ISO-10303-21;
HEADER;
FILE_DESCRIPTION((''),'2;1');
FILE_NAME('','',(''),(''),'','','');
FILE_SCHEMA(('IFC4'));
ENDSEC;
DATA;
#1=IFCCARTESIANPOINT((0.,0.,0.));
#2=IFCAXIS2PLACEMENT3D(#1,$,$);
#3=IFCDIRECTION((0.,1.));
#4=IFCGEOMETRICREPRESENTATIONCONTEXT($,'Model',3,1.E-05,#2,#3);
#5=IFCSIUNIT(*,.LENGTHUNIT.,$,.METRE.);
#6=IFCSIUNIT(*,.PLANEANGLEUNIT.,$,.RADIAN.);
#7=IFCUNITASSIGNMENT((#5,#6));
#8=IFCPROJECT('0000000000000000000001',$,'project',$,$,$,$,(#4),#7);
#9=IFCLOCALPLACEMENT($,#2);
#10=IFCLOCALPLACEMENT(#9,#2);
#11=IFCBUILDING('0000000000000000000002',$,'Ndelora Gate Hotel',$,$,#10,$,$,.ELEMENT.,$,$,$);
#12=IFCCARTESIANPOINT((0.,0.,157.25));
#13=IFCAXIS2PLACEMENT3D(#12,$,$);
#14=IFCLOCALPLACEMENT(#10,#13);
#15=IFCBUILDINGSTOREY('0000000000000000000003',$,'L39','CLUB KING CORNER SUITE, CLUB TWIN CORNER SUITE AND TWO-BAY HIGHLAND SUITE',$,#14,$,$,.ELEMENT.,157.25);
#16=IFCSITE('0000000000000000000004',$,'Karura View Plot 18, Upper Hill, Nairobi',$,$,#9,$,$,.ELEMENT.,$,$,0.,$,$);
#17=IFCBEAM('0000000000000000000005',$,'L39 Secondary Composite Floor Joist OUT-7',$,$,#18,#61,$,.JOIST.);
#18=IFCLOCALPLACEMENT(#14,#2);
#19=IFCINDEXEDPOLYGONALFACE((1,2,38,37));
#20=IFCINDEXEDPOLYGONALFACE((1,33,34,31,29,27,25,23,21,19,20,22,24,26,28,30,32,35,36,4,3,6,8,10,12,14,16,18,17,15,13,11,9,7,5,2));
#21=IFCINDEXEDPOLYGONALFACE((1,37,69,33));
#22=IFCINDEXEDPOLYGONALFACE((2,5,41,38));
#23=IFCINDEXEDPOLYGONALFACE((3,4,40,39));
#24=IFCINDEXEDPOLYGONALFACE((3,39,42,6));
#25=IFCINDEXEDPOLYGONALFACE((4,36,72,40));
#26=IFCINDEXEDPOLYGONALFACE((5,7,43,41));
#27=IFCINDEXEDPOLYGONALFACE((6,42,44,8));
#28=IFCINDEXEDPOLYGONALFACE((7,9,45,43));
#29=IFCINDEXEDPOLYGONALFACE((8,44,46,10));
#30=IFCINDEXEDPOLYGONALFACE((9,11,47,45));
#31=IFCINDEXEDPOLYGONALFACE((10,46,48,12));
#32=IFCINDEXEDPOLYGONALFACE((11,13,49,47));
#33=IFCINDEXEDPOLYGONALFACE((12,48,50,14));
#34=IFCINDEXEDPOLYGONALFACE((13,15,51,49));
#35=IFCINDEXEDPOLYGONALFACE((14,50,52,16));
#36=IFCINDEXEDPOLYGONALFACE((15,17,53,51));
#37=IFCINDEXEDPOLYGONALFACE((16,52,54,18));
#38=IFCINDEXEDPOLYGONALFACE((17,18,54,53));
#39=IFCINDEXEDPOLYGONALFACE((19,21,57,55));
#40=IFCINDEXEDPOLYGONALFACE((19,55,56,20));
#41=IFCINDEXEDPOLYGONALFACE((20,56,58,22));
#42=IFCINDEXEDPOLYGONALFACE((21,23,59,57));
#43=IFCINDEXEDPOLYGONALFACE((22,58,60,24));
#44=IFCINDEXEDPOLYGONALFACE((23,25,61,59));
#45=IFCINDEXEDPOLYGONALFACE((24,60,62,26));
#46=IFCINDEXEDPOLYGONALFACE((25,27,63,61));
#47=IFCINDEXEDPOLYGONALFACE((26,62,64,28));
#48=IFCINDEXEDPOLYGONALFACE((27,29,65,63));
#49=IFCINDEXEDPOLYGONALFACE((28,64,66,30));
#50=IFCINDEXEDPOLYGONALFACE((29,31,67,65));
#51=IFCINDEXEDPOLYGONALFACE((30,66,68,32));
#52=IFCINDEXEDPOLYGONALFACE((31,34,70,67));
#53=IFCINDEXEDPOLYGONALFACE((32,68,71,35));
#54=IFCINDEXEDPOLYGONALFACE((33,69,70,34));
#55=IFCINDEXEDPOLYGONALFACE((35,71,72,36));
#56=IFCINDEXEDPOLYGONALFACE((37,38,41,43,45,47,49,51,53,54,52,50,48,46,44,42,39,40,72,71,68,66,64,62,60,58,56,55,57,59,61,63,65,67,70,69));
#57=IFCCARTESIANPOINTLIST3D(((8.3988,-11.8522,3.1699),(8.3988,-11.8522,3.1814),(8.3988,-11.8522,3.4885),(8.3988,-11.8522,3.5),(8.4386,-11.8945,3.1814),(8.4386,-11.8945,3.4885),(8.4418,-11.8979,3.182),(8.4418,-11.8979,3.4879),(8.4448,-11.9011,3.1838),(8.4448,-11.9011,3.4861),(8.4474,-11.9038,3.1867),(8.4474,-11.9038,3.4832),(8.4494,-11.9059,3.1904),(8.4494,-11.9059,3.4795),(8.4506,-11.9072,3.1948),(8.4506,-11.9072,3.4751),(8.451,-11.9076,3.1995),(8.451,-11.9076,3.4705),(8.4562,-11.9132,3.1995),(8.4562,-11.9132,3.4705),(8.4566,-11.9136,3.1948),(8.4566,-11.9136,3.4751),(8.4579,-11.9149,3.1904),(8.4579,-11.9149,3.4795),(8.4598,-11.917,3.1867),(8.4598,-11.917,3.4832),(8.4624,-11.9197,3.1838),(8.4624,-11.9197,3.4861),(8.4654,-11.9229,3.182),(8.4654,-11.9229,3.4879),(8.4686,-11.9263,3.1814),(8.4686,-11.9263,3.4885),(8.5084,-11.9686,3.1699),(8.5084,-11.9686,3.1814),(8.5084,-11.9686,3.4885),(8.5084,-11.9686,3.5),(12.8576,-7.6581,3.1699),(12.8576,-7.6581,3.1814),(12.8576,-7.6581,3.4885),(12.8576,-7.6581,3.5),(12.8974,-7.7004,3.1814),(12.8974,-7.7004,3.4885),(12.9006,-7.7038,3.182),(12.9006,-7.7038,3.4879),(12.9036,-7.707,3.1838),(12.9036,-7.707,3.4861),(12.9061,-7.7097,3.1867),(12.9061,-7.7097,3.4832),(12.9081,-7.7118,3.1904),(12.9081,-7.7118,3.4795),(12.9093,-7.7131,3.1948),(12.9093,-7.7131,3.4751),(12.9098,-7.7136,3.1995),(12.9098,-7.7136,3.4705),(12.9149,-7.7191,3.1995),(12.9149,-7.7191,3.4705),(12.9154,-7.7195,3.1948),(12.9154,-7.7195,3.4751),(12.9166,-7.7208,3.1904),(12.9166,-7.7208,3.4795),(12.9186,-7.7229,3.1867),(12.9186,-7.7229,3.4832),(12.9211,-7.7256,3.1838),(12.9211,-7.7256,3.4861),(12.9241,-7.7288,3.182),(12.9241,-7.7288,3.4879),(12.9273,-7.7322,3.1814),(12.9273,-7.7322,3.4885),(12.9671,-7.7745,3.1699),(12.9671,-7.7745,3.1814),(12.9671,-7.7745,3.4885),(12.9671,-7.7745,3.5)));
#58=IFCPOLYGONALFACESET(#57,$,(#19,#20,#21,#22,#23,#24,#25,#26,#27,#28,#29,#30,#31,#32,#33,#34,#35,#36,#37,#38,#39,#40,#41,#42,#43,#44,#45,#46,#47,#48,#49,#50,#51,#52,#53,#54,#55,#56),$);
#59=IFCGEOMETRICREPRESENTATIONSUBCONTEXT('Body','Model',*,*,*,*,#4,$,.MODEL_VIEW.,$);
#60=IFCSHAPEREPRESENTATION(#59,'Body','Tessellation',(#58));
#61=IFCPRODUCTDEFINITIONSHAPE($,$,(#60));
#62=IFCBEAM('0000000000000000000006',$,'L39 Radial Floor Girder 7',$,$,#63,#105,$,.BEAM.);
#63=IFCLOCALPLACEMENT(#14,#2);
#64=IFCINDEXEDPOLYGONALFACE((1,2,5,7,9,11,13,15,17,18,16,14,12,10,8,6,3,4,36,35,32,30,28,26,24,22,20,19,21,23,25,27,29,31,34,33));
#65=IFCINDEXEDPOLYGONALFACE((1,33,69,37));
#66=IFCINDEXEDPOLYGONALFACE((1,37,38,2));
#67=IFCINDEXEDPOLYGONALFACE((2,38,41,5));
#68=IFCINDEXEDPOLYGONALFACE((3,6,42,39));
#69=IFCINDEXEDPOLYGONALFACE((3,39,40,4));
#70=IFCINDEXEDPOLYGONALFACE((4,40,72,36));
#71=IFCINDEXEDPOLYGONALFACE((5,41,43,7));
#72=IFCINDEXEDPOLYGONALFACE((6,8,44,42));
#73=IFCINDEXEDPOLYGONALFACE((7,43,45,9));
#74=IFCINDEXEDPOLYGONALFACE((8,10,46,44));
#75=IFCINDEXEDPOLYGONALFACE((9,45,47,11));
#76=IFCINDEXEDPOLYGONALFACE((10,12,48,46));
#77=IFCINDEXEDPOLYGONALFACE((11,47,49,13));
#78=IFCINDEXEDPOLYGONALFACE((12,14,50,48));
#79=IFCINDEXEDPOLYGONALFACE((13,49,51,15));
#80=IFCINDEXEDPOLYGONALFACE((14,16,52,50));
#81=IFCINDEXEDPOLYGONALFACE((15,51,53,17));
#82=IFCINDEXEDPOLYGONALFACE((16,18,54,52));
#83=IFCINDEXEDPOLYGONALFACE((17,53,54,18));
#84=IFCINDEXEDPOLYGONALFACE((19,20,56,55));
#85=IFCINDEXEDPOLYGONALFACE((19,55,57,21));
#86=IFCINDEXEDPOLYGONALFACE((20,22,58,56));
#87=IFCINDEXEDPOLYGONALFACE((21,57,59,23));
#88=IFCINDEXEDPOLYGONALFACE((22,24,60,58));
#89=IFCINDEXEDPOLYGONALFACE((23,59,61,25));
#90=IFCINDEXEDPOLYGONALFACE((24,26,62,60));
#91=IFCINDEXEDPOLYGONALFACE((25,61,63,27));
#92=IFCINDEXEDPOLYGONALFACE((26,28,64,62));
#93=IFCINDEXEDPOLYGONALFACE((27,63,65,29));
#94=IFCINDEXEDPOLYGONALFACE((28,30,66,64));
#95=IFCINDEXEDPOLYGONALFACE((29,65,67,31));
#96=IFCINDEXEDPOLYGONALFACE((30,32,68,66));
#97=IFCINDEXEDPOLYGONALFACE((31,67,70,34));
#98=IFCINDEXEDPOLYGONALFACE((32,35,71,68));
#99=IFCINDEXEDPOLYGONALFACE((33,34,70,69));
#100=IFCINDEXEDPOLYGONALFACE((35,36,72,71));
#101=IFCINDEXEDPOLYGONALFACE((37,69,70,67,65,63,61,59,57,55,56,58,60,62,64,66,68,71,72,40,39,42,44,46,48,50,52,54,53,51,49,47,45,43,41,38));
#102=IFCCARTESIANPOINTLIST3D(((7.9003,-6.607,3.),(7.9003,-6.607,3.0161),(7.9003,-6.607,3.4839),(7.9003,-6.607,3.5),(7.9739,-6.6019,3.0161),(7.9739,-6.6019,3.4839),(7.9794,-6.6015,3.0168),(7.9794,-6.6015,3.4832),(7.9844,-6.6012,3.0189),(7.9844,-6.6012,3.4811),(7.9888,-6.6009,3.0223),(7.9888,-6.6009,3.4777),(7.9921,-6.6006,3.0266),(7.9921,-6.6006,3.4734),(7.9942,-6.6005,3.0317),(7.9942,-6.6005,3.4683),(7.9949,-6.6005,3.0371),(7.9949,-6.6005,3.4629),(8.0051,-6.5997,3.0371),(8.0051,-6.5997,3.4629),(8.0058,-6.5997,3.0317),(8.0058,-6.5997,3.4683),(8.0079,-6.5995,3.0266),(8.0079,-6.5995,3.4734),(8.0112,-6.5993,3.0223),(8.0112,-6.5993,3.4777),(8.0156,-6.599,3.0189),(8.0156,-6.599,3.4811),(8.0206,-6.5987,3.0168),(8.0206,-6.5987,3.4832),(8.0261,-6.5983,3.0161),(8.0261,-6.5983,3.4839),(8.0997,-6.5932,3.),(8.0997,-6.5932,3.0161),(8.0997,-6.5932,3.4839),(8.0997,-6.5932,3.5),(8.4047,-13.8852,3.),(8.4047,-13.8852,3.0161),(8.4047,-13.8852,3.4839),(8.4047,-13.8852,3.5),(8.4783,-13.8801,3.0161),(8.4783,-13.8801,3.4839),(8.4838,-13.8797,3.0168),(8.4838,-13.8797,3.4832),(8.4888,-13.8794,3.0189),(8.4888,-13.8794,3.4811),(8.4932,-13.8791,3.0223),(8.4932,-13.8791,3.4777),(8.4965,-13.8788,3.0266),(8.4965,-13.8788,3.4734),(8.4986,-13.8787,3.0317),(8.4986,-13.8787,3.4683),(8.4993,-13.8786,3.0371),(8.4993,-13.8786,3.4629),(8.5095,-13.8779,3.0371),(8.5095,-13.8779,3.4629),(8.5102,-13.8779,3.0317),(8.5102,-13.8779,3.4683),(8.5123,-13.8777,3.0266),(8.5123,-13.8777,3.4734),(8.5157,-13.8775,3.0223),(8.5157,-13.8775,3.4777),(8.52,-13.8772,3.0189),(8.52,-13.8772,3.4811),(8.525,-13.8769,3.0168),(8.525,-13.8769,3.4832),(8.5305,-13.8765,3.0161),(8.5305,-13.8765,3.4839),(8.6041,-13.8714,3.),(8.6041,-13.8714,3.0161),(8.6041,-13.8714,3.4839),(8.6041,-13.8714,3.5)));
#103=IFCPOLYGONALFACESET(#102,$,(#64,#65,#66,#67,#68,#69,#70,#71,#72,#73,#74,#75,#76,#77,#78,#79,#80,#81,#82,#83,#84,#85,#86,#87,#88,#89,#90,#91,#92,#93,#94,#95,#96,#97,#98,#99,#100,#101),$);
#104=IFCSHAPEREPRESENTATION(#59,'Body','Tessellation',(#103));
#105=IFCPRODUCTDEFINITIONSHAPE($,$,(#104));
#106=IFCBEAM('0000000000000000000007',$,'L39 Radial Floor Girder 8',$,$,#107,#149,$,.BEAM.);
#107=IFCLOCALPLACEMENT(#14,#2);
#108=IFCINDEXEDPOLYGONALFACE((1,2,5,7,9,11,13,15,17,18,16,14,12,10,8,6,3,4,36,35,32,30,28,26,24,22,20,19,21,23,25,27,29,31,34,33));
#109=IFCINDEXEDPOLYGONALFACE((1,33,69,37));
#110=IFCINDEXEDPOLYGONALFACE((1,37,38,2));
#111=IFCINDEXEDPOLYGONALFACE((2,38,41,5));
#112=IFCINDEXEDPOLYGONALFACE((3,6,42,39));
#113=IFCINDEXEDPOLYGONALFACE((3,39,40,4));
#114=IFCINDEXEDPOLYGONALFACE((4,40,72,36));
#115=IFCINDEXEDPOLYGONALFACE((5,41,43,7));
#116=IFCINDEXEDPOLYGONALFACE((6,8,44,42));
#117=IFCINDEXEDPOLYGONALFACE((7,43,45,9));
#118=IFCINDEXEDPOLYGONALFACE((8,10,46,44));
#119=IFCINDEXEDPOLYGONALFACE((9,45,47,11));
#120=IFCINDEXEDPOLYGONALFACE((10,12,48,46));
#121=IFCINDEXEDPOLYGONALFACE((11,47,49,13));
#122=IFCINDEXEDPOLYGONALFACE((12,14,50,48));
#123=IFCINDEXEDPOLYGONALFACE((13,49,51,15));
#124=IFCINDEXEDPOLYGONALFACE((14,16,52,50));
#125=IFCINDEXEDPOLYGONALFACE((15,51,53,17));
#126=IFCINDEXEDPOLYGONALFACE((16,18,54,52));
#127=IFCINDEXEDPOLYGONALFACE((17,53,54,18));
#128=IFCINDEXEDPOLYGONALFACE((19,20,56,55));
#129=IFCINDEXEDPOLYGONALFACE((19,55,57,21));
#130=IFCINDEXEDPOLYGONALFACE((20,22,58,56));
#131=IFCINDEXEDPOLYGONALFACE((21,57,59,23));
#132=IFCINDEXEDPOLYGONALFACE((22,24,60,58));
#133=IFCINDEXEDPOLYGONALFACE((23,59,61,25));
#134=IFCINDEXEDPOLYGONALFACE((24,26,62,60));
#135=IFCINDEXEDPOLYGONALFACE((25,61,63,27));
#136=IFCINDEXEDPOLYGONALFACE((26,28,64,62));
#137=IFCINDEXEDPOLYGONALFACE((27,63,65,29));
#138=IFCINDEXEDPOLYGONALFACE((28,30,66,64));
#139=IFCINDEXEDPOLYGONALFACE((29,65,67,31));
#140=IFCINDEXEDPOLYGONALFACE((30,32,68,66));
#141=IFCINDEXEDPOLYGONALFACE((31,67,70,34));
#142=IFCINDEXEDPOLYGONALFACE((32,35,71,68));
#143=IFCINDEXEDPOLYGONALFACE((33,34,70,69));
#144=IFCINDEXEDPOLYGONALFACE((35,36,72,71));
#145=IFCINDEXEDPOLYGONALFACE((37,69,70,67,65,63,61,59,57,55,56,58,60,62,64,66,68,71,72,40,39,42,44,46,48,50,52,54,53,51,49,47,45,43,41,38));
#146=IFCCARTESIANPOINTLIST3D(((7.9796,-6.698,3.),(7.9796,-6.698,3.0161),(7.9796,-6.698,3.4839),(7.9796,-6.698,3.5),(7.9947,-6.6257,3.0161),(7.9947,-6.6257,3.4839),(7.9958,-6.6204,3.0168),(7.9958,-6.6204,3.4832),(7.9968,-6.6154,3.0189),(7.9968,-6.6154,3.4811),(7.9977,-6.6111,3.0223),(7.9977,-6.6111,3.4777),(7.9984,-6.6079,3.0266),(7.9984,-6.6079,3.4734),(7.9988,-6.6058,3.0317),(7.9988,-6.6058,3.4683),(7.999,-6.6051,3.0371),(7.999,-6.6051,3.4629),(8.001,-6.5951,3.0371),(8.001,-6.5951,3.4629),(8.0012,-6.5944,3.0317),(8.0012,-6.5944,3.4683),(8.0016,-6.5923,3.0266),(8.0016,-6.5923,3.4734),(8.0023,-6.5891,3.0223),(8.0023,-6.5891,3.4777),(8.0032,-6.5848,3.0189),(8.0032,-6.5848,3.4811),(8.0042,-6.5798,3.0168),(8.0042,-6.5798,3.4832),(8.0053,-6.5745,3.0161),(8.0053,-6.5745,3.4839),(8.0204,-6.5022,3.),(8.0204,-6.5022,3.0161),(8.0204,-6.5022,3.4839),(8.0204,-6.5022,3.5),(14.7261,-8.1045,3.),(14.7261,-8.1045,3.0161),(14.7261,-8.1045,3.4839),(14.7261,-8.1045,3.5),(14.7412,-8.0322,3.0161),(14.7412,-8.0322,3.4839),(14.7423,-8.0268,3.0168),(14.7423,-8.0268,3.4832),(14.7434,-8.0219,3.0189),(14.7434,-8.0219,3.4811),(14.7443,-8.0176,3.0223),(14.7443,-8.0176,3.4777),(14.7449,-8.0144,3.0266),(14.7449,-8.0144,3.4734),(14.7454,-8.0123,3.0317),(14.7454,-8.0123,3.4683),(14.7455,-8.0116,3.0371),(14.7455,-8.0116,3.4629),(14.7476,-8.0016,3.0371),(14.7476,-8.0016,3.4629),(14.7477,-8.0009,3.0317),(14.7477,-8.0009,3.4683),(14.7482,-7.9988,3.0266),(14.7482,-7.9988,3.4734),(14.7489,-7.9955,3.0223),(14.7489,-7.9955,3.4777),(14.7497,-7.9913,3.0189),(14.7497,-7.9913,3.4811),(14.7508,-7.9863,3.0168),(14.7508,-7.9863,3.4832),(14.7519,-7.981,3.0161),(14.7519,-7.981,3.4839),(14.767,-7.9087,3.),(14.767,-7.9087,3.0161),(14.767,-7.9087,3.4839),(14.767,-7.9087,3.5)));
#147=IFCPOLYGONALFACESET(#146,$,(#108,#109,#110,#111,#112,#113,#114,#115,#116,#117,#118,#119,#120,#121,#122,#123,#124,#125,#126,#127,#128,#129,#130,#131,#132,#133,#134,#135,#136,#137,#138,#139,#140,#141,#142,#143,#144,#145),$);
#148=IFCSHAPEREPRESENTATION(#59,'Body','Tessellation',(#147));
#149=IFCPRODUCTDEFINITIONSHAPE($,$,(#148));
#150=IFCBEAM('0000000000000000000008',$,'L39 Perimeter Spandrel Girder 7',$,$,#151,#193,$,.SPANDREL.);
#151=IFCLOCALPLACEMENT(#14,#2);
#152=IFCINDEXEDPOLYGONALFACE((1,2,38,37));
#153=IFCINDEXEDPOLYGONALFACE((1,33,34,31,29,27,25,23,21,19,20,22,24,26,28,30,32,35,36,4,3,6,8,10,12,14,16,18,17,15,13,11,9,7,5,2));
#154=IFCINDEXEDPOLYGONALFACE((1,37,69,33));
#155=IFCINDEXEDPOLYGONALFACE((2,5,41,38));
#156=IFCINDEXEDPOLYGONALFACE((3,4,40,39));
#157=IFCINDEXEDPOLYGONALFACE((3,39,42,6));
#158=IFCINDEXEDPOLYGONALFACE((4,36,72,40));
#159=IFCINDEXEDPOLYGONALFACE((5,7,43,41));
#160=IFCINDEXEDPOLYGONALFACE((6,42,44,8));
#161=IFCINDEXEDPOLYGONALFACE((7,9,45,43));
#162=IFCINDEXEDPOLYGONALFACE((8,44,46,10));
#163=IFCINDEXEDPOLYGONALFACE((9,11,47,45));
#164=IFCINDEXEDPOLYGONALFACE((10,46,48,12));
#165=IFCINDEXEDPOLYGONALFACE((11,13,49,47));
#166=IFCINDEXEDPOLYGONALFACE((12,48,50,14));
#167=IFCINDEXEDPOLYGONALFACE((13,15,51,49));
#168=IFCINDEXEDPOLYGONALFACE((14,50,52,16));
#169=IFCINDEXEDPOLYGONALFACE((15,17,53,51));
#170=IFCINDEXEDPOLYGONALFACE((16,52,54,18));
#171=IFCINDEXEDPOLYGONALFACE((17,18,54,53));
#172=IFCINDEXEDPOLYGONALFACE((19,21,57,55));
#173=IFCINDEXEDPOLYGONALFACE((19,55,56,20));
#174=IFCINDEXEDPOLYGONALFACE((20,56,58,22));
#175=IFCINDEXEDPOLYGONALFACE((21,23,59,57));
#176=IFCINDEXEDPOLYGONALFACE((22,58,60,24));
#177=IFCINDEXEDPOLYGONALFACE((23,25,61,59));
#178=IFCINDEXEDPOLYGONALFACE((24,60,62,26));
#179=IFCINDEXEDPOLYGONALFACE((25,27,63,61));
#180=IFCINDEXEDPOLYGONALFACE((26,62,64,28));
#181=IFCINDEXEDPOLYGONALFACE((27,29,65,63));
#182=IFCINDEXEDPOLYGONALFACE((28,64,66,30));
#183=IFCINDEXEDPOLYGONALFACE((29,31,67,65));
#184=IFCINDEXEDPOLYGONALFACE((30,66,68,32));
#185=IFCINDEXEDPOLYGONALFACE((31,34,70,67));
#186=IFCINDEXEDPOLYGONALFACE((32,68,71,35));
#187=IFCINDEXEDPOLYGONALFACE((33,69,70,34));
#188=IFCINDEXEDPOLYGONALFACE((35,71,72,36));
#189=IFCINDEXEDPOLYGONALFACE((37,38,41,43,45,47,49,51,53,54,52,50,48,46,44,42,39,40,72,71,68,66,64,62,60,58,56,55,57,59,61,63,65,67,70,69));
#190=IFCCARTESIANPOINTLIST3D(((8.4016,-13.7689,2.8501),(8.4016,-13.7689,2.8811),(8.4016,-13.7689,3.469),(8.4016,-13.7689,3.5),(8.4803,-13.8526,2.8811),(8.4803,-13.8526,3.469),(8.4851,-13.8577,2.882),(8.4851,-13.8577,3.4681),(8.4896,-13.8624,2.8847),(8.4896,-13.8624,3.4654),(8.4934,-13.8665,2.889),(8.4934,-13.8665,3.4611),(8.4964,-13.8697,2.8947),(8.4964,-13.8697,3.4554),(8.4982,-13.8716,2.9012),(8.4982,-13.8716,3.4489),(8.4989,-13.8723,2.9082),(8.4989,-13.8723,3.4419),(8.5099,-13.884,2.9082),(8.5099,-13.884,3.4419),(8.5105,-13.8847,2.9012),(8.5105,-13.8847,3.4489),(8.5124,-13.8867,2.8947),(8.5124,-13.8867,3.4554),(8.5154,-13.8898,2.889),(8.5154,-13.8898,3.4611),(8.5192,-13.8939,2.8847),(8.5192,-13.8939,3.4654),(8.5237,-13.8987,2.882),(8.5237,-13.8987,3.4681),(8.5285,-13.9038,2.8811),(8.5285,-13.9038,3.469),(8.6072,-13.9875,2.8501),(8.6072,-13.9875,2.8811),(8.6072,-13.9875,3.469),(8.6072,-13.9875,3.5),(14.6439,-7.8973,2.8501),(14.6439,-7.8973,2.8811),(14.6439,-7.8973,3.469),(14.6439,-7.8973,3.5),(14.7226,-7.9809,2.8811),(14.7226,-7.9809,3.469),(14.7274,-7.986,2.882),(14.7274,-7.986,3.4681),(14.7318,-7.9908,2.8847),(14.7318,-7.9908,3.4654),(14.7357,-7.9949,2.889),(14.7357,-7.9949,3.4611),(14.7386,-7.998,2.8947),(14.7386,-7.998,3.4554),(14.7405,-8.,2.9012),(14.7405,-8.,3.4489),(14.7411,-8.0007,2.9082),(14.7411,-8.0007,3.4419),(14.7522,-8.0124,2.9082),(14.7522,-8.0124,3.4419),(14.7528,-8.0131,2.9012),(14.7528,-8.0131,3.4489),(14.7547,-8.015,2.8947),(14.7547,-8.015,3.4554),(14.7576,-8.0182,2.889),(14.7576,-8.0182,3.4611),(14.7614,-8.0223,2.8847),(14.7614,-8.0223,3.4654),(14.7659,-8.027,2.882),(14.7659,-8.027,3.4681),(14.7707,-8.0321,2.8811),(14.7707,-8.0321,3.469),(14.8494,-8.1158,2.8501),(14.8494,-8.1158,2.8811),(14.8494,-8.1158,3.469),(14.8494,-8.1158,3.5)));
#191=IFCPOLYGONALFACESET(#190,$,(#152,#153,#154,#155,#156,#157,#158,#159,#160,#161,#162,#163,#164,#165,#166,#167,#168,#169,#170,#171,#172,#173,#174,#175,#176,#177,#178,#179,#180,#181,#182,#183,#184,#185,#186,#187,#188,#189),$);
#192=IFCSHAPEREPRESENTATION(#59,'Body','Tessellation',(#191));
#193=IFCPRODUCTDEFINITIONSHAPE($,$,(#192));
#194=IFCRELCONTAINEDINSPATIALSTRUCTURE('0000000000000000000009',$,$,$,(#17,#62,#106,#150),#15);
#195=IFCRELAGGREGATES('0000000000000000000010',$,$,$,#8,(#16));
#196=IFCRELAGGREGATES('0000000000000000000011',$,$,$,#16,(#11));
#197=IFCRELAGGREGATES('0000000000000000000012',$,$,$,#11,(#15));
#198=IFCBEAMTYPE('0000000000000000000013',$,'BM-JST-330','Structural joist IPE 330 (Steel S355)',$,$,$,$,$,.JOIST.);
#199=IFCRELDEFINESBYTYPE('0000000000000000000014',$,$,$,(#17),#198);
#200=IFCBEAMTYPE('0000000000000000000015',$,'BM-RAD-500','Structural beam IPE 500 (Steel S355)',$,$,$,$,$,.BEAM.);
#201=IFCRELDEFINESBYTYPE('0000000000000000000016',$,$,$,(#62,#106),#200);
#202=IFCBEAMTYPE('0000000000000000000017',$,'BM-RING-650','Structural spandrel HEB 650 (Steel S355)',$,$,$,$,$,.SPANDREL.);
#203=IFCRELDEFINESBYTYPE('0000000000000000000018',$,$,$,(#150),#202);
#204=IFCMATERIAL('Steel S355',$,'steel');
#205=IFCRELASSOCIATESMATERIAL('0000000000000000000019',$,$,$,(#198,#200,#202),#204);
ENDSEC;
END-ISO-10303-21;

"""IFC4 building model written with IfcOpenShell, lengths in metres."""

from ifc_helpers import new_model, si_unit, direction, frame, origin, origin_2d, place, context, subcontext, project, spatial, i_section, extrude, material, material_profile, profile_set, type_object, element, save


model = new_model("IFC4")

# Units and contexts
model_context = context("Model", 3, precision=1e-05, world=origin(), true_north=direction((0.0, 1.0)))
body_context = subcontext(model_context, "Body", "Model", "MODEL_VIEW")
ifc_project = project(units=[si_unit("LENGTHUNIT", "METRE"), si_unit("PLANEANGLEUNIT", "RADIAN")], contexts=[model_context])

# Site, building, storey
site_placement = place(None, origin())
site = spatial("IfcSite", under=ifc_project, at=site_placement, Name="Karura View Plot 18, Upper Hill, Nairobi", CompositionType="ELEMENT", RefElevation=0.0)
building_placement = place(site_placement, origin())
building = spatial("IfcBuilding", under=site, at=building_placement, Name="Ndelora Gate Hotel", CompositionType="ELEMENT")
storey_placement = place(building_placement, frame((0.0, 0.0, 157.25)))
storey = spatial("IfcBuildingStorey", under=building, at=storey_placement, Name="L39", Description="CLUB KING CORNER SUITE, CLUB TWIN CORNER SUITE AND TWO-BAY HIGHLAND SUITE", CompositionType="ELEMENT", Elevation=157.25)

# Beams
ifc_material_1 = material(Name="Steel S355", Category="steel")
ifc_material_profile_1 = material_profile(ifc_material_1, i_section(OverallWidth=0.1599, OverallDepth=0.3301, WebThickness=0.0076, FlangeThickness=0.0115, FilletRadius=0.0181, at=origin_2d()), Name="IPE 330")
ifc_profile_set_1 = profile_set([ifc_material_profile_1], Name="Steel S355")
beam_type_1 = type_object("IfcBeamType", Name="BM-JST-330", Description="Structural joist IPE 330 (Steel S355)", PredefinedType="JOIST", material=ifc_profile_set_1)
beam_1_placement = place(storey_placement, frame((8.4536, -11.9104, 3.335), z_axis=(0.728393, 0.685159, 0.0), x_axis=(-0.685159, 0.728393, 0.0)))
element("IfcBeam", 1, at=beam_1_placement, inside=storey, type_object=beam_type_1, Name="L39 Secondary Composite Floor Joist OUT-7", PredefinedType="JOIST", context=body_context, shape_type="SweptSolid", body=[
    extrude(i_section(OverallWidth=0.1599, OverallDepth=0.3301, WebThickness=0.0076, FlangeThickness=0.0115, FilletRadius=0.0181, at=origin_2d()), origin(), (0.0, 0.0, 1.0), 6.1213),
])
ifc_material_profile_2 = material_profile(ifc_material_1, i_section(OverallWidth=0.2, OverallDepth=0.5, WebThickness=0.0103, FlangeThickness=0.0161, FilletRadius=0.021, at=origin_2d()), Name="IPE 500")
ifc_profile_set_2 = profile_set([ifc_material_profile_2], Name="Steel S355")
beam_type_2 = type_object("IfcBeamType", Name="BM-RAD-500", Description="Structural beam IPE 500 (Steel S355)", PredefinedType="BEAM", material=ifc_profile_set_2)
beam_2_placement = place(storey_placement, frame((8.0, -6.6001, 3.25), z_axis=(0.069137, -0.997607, 0.0), x_axis=(0.997607, 0.069137, 0.0)))
element("IfcBeam", 2, at=beam_2_placement, inside=storey, type_object=beam_type_2, Name="L39 Radial Floor Girder 7", PredefinedType="BEAM", context=body_context, shape_type="SweptSolid", body=[
    extrude(i_section(OverallWidth=0.2, OverallDepth=0.5, WebThickness=0.0103, FlangeThickness=0.0161, FilletRadius=0.021, at=origin_2d()), origin(), (0.0, 0.0, 1.0), 7.2957),
])
beam_3_placement = place(storey_placement, frame((8.0, -6.6001, 3.25), z_axis=(0.978953, -0.204087, 0.0), x_axis=(0.204087, 0.978953, 0.0)))
element("IfcBeam", 3, at=beam_3_placement, inside=storey, type_object=beam_type_2, Name="L39 Radial Floor Girder 8", PredefinedType="BEAM", context=body_context, shape_type="SweptSolid", body=[
    extrude(i_section(OverallWidth=0.2, OverallDepth=0.5, WebThickness=0.0103, FlangeThickness=0.0161, FilletRadius=0.021, at=origin_2d()), origin(), (0.0, 0.0, 1.0), 6.8916),
])
ifc_material_profile_3 = material_profile(ifc_material_1, i_section(OverallWidth=0.3, OverallDepth=0.6499, WebThickness=0.0161, FlangeThickness=0.031, FilletRadius=0.0271, at=origin_2d()), Name="HEB 650")
ifc_profile_set_3 = profile_set([ifc_material_profile_3], Name="Steel S355")
beam_type_3 = type_object("IfcBeamType", Name="BM-RING-650", Description="Structural spandrel HEB 650 (Steel S355)", PredefinedType="SPANDREL", material=ifc_profile_set_3)
beam_4_placement = place(storey_placement, frame((8.5044, -13.8782, 3.175), z_axis=(0.728399, 0.685153, 0.0), x_axis=(-0.685153, 0.728399, 0.0)))
element("IfcBeam", 4, at=beam_4_placement, inside=storey, type_object=beam_type_3, Name="L39 Perimeter Spandrel Girder 7", PredefinedType="SPANDREL", context=body_context, shape_type="SweptSolid", body=[
    extrude(i_section(OverallWidth=0.3, OverallDepth=0.6499, WebThickness=0.0161, FlangeThickness=0.031, FilletRadius=0.0271, at=origin_2d()), origin(), (0.0, 0.0, 1.0), 8.5698),
])

save(model, "model.ifc")
